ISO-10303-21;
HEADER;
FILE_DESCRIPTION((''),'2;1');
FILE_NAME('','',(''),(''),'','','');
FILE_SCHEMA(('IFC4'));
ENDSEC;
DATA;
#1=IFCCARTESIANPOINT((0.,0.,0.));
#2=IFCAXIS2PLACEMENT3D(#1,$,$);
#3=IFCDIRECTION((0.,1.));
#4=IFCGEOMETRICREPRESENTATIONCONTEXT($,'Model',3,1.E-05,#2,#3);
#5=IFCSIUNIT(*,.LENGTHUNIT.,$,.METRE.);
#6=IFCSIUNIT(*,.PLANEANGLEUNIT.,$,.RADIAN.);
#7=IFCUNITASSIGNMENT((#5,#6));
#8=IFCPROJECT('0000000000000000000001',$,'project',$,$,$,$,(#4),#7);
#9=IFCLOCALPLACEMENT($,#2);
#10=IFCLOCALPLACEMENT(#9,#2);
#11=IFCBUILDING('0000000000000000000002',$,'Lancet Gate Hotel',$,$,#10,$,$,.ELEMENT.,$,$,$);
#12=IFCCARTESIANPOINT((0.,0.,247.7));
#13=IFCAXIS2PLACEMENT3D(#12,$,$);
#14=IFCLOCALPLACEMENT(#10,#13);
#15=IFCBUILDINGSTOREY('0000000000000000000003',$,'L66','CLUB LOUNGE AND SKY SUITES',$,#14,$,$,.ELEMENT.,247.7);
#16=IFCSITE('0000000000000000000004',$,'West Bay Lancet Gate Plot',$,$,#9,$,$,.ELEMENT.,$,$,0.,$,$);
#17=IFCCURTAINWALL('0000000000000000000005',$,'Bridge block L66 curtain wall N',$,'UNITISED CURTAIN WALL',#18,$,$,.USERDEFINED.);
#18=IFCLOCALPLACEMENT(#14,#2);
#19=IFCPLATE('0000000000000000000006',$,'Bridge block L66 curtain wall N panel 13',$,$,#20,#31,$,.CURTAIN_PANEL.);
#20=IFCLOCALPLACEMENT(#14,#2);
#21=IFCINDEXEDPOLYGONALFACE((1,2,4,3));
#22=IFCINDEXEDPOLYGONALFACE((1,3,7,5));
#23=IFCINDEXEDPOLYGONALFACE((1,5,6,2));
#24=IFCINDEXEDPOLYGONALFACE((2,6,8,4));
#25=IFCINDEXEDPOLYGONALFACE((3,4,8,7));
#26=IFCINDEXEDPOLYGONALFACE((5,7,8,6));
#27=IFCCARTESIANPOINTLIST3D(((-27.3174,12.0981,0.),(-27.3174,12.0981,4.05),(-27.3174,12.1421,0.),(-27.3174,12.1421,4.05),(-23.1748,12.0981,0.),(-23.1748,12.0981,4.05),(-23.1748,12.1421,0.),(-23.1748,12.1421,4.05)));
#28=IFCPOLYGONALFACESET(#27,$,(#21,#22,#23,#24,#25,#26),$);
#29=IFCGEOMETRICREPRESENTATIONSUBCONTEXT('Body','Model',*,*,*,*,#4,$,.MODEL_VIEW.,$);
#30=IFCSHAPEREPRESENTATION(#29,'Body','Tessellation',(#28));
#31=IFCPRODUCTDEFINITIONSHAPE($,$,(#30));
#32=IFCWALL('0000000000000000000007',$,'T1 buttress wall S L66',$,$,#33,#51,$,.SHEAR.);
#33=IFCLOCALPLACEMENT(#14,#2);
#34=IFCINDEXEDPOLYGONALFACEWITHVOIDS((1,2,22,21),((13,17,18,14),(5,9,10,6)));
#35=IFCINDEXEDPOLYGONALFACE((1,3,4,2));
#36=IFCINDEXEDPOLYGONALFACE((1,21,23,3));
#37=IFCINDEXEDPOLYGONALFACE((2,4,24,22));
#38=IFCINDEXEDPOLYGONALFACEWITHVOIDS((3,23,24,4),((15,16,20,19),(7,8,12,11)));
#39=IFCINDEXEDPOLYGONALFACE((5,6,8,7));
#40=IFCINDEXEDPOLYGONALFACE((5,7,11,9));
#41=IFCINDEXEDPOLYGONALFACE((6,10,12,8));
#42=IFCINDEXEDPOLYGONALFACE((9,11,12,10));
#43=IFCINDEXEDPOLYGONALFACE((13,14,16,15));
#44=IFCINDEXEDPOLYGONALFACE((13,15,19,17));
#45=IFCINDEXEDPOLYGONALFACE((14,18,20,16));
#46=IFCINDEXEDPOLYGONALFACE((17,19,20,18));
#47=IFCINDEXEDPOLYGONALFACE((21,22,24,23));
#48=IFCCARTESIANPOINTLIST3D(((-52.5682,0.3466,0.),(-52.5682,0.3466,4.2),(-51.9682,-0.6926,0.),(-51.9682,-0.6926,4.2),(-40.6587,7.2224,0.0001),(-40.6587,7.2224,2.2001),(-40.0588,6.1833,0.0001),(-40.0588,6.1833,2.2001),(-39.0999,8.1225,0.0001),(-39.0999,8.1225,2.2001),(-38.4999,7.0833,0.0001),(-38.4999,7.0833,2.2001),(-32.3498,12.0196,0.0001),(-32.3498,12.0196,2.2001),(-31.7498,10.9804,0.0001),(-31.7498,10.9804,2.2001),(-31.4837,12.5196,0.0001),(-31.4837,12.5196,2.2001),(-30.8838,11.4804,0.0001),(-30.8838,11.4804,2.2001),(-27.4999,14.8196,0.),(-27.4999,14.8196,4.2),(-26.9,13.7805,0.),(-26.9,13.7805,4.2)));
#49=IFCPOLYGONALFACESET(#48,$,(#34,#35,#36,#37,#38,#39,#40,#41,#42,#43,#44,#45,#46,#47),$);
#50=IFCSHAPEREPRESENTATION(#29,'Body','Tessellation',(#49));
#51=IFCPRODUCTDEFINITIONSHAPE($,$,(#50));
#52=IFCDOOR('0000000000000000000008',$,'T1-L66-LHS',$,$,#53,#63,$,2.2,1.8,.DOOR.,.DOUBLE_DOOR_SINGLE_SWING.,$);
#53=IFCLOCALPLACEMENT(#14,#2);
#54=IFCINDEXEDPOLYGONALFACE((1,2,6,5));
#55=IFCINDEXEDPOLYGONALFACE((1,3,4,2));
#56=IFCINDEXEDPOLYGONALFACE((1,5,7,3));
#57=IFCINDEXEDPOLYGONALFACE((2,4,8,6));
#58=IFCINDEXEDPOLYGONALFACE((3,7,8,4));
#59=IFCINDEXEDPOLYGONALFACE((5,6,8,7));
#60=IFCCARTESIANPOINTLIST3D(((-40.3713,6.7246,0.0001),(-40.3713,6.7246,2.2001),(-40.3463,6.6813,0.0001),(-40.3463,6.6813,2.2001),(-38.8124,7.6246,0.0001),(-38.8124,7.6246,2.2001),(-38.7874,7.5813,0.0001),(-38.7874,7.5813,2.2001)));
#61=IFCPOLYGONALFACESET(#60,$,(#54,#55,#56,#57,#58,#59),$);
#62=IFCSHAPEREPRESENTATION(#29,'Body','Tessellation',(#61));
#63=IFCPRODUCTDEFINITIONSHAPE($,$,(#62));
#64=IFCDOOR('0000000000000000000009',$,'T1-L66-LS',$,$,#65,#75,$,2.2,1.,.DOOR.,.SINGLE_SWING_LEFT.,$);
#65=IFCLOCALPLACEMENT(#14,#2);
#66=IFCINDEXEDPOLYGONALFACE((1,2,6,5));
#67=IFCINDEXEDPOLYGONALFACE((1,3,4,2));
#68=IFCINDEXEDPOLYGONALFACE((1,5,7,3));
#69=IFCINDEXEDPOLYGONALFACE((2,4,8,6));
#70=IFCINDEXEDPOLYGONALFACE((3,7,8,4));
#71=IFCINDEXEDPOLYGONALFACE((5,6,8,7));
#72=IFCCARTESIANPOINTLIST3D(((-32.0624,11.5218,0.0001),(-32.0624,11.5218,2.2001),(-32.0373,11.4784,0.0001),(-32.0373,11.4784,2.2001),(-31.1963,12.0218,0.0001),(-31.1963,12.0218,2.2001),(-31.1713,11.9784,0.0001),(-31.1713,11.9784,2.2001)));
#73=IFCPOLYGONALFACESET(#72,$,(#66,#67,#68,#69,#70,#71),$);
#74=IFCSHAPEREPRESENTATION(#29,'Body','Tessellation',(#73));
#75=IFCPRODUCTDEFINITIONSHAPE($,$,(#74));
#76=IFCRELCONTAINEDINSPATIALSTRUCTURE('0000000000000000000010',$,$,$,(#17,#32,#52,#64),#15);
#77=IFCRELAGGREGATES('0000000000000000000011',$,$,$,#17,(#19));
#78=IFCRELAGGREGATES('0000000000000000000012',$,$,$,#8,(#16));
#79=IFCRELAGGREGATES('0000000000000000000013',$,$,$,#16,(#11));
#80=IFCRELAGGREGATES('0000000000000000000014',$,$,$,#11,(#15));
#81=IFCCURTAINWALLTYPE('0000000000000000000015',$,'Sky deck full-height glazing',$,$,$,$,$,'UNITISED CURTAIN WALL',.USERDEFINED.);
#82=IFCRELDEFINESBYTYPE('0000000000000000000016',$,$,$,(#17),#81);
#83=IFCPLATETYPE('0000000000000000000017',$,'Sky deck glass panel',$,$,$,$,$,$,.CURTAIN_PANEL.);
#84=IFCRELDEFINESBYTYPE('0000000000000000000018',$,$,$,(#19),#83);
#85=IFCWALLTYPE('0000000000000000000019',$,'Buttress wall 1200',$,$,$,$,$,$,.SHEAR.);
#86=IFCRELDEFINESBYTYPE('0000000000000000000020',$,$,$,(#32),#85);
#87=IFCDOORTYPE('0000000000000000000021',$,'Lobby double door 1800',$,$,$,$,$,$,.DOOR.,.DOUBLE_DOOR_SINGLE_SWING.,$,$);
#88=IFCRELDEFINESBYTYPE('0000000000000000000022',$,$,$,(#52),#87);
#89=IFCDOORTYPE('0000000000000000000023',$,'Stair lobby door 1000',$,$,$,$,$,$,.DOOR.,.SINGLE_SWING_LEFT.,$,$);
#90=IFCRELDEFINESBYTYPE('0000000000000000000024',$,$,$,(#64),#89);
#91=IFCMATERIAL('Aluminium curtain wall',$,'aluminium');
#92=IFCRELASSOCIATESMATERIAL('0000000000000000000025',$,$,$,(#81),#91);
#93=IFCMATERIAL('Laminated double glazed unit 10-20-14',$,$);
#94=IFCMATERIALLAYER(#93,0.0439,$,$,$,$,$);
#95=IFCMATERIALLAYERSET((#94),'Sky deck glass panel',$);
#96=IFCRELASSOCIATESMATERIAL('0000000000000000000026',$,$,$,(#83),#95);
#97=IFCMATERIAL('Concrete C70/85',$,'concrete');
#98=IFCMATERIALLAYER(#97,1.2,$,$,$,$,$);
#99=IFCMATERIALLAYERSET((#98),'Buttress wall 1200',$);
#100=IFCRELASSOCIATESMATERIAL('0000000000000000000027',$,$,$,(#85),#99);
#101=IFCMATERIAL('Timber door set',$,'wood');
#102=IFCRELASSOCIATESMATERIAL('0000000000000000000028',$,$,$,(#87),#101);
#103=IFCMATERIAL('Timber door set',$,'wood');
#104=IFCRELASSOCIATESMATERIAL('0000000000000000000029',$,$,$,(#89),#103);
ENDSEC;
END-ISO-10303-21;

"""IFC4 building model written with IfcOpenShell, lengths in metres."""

from ifc_helpers import new_model, si_unit, direction, frame, frame_2d, origin, origin_2d, place, context, subcontext, project, spatial, rectangle, extrude, material, layer, layer_set, type_object, element, fill, aggregate, save


model = new_model("IFC4")

# Units and contexts
model_context = context("Model", 3, precision=1e-05, world=origin(), true_north=direction((0.0, 1.0)))
body_context = subcontext(model_context, "Body", "Model", "MODEL_VIEW")
ifc_project = project(units=[si_unit("LENGTHUNIT", "METRE"), si_unit("PLANEANGLEUNIT", "RADIAN")], contexts=[model_context])

# Site, building, storey
site_placement = place(None, origin())
site = spatial("IfcSite", under=ifc_project, at=site_placement, Name="West Bay Lancet Gate Plot", CompositionType="ELEMENT", RefElevation=0.0)
building_placement = place(site_placement, origin())
building = spatial("IfcBuilding", under=site, at=building_placement, Name="Lancet Gate Hotel", CompositionType="ELEMENT")
storey_placement = place(building_placement, frame((0.0, 0.0, 247.7)))
storey = spatial("IfcBuildingStorey", under=building, at=storey_placement, Name="L66", Description="CLUB LOUNGE AND SKY SUITES", CompositionType="ELEMENT", Elevation=247.7)

# Shared definitions
ifc_material_1 = material(Name="Aluminium curtain wall", Category="aluminium")
curtain_wall_type = type_object("IfcCurtainWallType", Name="Sky deck full-height glazing", ElementType="UNITISED CURTAIN WALL", PredefinedType="USERDEFINED", material=ifc_material_1)

# Curtain wall
curtain_wall_1_placement = place(storey_placement, origin())
curtain_wall_1 = element("IfcCurtainWall", 1, at=curtain_wall_1_placement, inside=storey, type_object=curtain_wall_type, Name="Bridge block L66 curtain wall N", ObjectType="UNITISED CURTAIN WALL", PredefinedType="USERDEFINED")

# Plate
ifc_material_2 = material(Name="Laminated double glazed unit 10-20-14")
ifc_layer_1 = layer(ifc_material_2, 0.0439)
ifc_layer_set_1 = layer_set([ifc_layer_1], Name="Sky deck glass panel")
plate_type = type_object("IfcPlateType", Name="Sky deck glass panel", PredefinedType="CURTAIN_PANEL", material=ifc_layer_set_1)
plate_1_placement = place(storey_placement, frame((-25.2461, 12.1201, 0.0), z_axis=(0.0, 0.0, 1.0), x_axis=(-1.0, 0.0, 0.0)))
plate_1 = element("IfcPlate", 2, at=plate_1_placement, type_object=plate_type, Name="Bridge block L66 curtain wall N panel 13", PredefinedType="CURTAIN_PANEL", context=body_context, shape_type="SweptSolid", body=[
    extrude(rectangle(XDim=4.1426, YDim=0.0439, at=origin_2d()), origin(), (0.0, 0.0, 1.0), 4.05),
])
aggregate(curtain_wall_1, [plate_1])

# Wall, openings, doors
ifc_material_3 = material(Name="Concrete C70/85", Category="concrete")
ifc_layer_2 = layer(ifc_material_3, 1.2)
ifc_layer_set_2 = layer_set([ifc_layer_2], Name="Buttress wall 1200")
wall_type = type_object("IfcWallType", Name="Buttress wall 1200", PredefinedType="SHEAR", material=ifc_layer_set_2)
wall_placement = place(storey_placement, frame((-27.2, 14.3, 0.0), z_axis=(0.0, 0.0, 1.0), x_axis=(-0.866027, -0.499998, 0.0)))
wall = element("IfcWall", 3, at=wall_placement, inside=storey, type_object=wall_type, Name="T1 buttress wall S L66", PredefinedType="SHEAR", context=body_context, shape_type="SweptSolid", body=[
    extrude(rectangle(XDim=28.9463, YDim=1.2, at=frame_2d((14.4731, 0.0))), origin(), (0.0, 0.0, 1.0), 4.2),
])
opening_1_placement = place(wall_placement, frame((4.6001, 0.0, 0.0)))
opening_1 = element("IfcOpeningElement", 4, at=opening_1_placement, cuts=wall, PredefinedType="OPENING", context=body_context, shape_type="SweptSolid", body=[
    extrude(rectangle(XDim=1.0, YDim=2.2, at=frame_2d((0.5, 1.1001))), frame((0.0, 0.6099, 0.0), z_axis=(0.0, -1.0, 0.0), x_axis=(1.0, 0.0, 0.0)), (0.0, 0.0, 1.0), 1.22),
])
opening_2_placement = place(wall_placement, frame((13.3945, 0.0, 0.0)))
opening_2 = element("IfcOpeningElement", 5, at=opening_2_placement, cuts=wall, PredefinedType="OPENING", context=body_context, shape_type="SweptSolid", body=[
    extrude(rectangle(XDim=1.8, YDim=2.2, at=frame_2d((0.8999, 1.1001))), frame((0.0, 0.6099, 0.0), z_axis=(0.0, -1.0, 0.0), x_axis=(1.0, 0.0, 0.0)), (0.0, 0.0, 1.0), 1.22),
])
ifc_material_4 = material(Name="Timber door set", Category="wood")
door_type_1 = type_object("IfcDoorType", Name="Lobby double door 1800", OperationType="DOUBLE_DOOR_SINGLE_SWING", PredefinedType="DOOR", material=ifc_material_4)
door_1_placement = place(opening_2_placement, origin())
door_1 = element("IfcDoor", 6, at=door_1_placement, inside=storey, type_object=door_type_1, Name="T1-L66-LHS", OperationType="DOUBLE_DOOR_SINGLE_SWING", OverallHeight=2.2, OverallWidth=1.8, PredefinedType="DOOR", context=body_context, shape_type="SweptSolid", body=[
    extrude(rectangle(XDim=1.8, YDim=2.2, at=frame_2d((0.8999, 1.1001))), frame((0.0, 0.0249, 0.0), z_axis=(0.0, -1.0, 0.0), x_axis=(1.0, 0.0, 0.0)), (0.0, 0.0, 1.0), 0.05),
])
fill(opening_2, door_1)
ifc_material_5 = material(Name="Timber door set", Category="wood")
door_type_2 = type_object("IfcDoorType", Name="Stair lobby door 1000", OperationType="SINGLE_SWING_LEFT", PredefinedType="DOOR", material=ifc_material_5)
door_2_placement = place(opening_1_placement, origin())
door_2 = element("IfcDoor", 7, at=door_2_placement, inside=storey, type_object=door_type_2, Name="T1-L66-LS", OperationType="SINGLE_SWING_LEFT", OverallHeight=2.2, OverallWidth=1.0, PredefinedType="DOOR", context=body_context, shape_type="SweptSolid", body=[
    extrude(rectangle(XDim=1.0, YDim=2.2, at=frame_2d((0.5, 1.1001))), frame((0.0, 0.0249, 0.0), z_axis=(0.0, -1.0, 0.0), x_axis=(1.0, 0.0, 0.0)), (0.0, 0.0, 1.0), 0.05),
])
fill(opening_1, door_2)

save(model, "model.ifc")
